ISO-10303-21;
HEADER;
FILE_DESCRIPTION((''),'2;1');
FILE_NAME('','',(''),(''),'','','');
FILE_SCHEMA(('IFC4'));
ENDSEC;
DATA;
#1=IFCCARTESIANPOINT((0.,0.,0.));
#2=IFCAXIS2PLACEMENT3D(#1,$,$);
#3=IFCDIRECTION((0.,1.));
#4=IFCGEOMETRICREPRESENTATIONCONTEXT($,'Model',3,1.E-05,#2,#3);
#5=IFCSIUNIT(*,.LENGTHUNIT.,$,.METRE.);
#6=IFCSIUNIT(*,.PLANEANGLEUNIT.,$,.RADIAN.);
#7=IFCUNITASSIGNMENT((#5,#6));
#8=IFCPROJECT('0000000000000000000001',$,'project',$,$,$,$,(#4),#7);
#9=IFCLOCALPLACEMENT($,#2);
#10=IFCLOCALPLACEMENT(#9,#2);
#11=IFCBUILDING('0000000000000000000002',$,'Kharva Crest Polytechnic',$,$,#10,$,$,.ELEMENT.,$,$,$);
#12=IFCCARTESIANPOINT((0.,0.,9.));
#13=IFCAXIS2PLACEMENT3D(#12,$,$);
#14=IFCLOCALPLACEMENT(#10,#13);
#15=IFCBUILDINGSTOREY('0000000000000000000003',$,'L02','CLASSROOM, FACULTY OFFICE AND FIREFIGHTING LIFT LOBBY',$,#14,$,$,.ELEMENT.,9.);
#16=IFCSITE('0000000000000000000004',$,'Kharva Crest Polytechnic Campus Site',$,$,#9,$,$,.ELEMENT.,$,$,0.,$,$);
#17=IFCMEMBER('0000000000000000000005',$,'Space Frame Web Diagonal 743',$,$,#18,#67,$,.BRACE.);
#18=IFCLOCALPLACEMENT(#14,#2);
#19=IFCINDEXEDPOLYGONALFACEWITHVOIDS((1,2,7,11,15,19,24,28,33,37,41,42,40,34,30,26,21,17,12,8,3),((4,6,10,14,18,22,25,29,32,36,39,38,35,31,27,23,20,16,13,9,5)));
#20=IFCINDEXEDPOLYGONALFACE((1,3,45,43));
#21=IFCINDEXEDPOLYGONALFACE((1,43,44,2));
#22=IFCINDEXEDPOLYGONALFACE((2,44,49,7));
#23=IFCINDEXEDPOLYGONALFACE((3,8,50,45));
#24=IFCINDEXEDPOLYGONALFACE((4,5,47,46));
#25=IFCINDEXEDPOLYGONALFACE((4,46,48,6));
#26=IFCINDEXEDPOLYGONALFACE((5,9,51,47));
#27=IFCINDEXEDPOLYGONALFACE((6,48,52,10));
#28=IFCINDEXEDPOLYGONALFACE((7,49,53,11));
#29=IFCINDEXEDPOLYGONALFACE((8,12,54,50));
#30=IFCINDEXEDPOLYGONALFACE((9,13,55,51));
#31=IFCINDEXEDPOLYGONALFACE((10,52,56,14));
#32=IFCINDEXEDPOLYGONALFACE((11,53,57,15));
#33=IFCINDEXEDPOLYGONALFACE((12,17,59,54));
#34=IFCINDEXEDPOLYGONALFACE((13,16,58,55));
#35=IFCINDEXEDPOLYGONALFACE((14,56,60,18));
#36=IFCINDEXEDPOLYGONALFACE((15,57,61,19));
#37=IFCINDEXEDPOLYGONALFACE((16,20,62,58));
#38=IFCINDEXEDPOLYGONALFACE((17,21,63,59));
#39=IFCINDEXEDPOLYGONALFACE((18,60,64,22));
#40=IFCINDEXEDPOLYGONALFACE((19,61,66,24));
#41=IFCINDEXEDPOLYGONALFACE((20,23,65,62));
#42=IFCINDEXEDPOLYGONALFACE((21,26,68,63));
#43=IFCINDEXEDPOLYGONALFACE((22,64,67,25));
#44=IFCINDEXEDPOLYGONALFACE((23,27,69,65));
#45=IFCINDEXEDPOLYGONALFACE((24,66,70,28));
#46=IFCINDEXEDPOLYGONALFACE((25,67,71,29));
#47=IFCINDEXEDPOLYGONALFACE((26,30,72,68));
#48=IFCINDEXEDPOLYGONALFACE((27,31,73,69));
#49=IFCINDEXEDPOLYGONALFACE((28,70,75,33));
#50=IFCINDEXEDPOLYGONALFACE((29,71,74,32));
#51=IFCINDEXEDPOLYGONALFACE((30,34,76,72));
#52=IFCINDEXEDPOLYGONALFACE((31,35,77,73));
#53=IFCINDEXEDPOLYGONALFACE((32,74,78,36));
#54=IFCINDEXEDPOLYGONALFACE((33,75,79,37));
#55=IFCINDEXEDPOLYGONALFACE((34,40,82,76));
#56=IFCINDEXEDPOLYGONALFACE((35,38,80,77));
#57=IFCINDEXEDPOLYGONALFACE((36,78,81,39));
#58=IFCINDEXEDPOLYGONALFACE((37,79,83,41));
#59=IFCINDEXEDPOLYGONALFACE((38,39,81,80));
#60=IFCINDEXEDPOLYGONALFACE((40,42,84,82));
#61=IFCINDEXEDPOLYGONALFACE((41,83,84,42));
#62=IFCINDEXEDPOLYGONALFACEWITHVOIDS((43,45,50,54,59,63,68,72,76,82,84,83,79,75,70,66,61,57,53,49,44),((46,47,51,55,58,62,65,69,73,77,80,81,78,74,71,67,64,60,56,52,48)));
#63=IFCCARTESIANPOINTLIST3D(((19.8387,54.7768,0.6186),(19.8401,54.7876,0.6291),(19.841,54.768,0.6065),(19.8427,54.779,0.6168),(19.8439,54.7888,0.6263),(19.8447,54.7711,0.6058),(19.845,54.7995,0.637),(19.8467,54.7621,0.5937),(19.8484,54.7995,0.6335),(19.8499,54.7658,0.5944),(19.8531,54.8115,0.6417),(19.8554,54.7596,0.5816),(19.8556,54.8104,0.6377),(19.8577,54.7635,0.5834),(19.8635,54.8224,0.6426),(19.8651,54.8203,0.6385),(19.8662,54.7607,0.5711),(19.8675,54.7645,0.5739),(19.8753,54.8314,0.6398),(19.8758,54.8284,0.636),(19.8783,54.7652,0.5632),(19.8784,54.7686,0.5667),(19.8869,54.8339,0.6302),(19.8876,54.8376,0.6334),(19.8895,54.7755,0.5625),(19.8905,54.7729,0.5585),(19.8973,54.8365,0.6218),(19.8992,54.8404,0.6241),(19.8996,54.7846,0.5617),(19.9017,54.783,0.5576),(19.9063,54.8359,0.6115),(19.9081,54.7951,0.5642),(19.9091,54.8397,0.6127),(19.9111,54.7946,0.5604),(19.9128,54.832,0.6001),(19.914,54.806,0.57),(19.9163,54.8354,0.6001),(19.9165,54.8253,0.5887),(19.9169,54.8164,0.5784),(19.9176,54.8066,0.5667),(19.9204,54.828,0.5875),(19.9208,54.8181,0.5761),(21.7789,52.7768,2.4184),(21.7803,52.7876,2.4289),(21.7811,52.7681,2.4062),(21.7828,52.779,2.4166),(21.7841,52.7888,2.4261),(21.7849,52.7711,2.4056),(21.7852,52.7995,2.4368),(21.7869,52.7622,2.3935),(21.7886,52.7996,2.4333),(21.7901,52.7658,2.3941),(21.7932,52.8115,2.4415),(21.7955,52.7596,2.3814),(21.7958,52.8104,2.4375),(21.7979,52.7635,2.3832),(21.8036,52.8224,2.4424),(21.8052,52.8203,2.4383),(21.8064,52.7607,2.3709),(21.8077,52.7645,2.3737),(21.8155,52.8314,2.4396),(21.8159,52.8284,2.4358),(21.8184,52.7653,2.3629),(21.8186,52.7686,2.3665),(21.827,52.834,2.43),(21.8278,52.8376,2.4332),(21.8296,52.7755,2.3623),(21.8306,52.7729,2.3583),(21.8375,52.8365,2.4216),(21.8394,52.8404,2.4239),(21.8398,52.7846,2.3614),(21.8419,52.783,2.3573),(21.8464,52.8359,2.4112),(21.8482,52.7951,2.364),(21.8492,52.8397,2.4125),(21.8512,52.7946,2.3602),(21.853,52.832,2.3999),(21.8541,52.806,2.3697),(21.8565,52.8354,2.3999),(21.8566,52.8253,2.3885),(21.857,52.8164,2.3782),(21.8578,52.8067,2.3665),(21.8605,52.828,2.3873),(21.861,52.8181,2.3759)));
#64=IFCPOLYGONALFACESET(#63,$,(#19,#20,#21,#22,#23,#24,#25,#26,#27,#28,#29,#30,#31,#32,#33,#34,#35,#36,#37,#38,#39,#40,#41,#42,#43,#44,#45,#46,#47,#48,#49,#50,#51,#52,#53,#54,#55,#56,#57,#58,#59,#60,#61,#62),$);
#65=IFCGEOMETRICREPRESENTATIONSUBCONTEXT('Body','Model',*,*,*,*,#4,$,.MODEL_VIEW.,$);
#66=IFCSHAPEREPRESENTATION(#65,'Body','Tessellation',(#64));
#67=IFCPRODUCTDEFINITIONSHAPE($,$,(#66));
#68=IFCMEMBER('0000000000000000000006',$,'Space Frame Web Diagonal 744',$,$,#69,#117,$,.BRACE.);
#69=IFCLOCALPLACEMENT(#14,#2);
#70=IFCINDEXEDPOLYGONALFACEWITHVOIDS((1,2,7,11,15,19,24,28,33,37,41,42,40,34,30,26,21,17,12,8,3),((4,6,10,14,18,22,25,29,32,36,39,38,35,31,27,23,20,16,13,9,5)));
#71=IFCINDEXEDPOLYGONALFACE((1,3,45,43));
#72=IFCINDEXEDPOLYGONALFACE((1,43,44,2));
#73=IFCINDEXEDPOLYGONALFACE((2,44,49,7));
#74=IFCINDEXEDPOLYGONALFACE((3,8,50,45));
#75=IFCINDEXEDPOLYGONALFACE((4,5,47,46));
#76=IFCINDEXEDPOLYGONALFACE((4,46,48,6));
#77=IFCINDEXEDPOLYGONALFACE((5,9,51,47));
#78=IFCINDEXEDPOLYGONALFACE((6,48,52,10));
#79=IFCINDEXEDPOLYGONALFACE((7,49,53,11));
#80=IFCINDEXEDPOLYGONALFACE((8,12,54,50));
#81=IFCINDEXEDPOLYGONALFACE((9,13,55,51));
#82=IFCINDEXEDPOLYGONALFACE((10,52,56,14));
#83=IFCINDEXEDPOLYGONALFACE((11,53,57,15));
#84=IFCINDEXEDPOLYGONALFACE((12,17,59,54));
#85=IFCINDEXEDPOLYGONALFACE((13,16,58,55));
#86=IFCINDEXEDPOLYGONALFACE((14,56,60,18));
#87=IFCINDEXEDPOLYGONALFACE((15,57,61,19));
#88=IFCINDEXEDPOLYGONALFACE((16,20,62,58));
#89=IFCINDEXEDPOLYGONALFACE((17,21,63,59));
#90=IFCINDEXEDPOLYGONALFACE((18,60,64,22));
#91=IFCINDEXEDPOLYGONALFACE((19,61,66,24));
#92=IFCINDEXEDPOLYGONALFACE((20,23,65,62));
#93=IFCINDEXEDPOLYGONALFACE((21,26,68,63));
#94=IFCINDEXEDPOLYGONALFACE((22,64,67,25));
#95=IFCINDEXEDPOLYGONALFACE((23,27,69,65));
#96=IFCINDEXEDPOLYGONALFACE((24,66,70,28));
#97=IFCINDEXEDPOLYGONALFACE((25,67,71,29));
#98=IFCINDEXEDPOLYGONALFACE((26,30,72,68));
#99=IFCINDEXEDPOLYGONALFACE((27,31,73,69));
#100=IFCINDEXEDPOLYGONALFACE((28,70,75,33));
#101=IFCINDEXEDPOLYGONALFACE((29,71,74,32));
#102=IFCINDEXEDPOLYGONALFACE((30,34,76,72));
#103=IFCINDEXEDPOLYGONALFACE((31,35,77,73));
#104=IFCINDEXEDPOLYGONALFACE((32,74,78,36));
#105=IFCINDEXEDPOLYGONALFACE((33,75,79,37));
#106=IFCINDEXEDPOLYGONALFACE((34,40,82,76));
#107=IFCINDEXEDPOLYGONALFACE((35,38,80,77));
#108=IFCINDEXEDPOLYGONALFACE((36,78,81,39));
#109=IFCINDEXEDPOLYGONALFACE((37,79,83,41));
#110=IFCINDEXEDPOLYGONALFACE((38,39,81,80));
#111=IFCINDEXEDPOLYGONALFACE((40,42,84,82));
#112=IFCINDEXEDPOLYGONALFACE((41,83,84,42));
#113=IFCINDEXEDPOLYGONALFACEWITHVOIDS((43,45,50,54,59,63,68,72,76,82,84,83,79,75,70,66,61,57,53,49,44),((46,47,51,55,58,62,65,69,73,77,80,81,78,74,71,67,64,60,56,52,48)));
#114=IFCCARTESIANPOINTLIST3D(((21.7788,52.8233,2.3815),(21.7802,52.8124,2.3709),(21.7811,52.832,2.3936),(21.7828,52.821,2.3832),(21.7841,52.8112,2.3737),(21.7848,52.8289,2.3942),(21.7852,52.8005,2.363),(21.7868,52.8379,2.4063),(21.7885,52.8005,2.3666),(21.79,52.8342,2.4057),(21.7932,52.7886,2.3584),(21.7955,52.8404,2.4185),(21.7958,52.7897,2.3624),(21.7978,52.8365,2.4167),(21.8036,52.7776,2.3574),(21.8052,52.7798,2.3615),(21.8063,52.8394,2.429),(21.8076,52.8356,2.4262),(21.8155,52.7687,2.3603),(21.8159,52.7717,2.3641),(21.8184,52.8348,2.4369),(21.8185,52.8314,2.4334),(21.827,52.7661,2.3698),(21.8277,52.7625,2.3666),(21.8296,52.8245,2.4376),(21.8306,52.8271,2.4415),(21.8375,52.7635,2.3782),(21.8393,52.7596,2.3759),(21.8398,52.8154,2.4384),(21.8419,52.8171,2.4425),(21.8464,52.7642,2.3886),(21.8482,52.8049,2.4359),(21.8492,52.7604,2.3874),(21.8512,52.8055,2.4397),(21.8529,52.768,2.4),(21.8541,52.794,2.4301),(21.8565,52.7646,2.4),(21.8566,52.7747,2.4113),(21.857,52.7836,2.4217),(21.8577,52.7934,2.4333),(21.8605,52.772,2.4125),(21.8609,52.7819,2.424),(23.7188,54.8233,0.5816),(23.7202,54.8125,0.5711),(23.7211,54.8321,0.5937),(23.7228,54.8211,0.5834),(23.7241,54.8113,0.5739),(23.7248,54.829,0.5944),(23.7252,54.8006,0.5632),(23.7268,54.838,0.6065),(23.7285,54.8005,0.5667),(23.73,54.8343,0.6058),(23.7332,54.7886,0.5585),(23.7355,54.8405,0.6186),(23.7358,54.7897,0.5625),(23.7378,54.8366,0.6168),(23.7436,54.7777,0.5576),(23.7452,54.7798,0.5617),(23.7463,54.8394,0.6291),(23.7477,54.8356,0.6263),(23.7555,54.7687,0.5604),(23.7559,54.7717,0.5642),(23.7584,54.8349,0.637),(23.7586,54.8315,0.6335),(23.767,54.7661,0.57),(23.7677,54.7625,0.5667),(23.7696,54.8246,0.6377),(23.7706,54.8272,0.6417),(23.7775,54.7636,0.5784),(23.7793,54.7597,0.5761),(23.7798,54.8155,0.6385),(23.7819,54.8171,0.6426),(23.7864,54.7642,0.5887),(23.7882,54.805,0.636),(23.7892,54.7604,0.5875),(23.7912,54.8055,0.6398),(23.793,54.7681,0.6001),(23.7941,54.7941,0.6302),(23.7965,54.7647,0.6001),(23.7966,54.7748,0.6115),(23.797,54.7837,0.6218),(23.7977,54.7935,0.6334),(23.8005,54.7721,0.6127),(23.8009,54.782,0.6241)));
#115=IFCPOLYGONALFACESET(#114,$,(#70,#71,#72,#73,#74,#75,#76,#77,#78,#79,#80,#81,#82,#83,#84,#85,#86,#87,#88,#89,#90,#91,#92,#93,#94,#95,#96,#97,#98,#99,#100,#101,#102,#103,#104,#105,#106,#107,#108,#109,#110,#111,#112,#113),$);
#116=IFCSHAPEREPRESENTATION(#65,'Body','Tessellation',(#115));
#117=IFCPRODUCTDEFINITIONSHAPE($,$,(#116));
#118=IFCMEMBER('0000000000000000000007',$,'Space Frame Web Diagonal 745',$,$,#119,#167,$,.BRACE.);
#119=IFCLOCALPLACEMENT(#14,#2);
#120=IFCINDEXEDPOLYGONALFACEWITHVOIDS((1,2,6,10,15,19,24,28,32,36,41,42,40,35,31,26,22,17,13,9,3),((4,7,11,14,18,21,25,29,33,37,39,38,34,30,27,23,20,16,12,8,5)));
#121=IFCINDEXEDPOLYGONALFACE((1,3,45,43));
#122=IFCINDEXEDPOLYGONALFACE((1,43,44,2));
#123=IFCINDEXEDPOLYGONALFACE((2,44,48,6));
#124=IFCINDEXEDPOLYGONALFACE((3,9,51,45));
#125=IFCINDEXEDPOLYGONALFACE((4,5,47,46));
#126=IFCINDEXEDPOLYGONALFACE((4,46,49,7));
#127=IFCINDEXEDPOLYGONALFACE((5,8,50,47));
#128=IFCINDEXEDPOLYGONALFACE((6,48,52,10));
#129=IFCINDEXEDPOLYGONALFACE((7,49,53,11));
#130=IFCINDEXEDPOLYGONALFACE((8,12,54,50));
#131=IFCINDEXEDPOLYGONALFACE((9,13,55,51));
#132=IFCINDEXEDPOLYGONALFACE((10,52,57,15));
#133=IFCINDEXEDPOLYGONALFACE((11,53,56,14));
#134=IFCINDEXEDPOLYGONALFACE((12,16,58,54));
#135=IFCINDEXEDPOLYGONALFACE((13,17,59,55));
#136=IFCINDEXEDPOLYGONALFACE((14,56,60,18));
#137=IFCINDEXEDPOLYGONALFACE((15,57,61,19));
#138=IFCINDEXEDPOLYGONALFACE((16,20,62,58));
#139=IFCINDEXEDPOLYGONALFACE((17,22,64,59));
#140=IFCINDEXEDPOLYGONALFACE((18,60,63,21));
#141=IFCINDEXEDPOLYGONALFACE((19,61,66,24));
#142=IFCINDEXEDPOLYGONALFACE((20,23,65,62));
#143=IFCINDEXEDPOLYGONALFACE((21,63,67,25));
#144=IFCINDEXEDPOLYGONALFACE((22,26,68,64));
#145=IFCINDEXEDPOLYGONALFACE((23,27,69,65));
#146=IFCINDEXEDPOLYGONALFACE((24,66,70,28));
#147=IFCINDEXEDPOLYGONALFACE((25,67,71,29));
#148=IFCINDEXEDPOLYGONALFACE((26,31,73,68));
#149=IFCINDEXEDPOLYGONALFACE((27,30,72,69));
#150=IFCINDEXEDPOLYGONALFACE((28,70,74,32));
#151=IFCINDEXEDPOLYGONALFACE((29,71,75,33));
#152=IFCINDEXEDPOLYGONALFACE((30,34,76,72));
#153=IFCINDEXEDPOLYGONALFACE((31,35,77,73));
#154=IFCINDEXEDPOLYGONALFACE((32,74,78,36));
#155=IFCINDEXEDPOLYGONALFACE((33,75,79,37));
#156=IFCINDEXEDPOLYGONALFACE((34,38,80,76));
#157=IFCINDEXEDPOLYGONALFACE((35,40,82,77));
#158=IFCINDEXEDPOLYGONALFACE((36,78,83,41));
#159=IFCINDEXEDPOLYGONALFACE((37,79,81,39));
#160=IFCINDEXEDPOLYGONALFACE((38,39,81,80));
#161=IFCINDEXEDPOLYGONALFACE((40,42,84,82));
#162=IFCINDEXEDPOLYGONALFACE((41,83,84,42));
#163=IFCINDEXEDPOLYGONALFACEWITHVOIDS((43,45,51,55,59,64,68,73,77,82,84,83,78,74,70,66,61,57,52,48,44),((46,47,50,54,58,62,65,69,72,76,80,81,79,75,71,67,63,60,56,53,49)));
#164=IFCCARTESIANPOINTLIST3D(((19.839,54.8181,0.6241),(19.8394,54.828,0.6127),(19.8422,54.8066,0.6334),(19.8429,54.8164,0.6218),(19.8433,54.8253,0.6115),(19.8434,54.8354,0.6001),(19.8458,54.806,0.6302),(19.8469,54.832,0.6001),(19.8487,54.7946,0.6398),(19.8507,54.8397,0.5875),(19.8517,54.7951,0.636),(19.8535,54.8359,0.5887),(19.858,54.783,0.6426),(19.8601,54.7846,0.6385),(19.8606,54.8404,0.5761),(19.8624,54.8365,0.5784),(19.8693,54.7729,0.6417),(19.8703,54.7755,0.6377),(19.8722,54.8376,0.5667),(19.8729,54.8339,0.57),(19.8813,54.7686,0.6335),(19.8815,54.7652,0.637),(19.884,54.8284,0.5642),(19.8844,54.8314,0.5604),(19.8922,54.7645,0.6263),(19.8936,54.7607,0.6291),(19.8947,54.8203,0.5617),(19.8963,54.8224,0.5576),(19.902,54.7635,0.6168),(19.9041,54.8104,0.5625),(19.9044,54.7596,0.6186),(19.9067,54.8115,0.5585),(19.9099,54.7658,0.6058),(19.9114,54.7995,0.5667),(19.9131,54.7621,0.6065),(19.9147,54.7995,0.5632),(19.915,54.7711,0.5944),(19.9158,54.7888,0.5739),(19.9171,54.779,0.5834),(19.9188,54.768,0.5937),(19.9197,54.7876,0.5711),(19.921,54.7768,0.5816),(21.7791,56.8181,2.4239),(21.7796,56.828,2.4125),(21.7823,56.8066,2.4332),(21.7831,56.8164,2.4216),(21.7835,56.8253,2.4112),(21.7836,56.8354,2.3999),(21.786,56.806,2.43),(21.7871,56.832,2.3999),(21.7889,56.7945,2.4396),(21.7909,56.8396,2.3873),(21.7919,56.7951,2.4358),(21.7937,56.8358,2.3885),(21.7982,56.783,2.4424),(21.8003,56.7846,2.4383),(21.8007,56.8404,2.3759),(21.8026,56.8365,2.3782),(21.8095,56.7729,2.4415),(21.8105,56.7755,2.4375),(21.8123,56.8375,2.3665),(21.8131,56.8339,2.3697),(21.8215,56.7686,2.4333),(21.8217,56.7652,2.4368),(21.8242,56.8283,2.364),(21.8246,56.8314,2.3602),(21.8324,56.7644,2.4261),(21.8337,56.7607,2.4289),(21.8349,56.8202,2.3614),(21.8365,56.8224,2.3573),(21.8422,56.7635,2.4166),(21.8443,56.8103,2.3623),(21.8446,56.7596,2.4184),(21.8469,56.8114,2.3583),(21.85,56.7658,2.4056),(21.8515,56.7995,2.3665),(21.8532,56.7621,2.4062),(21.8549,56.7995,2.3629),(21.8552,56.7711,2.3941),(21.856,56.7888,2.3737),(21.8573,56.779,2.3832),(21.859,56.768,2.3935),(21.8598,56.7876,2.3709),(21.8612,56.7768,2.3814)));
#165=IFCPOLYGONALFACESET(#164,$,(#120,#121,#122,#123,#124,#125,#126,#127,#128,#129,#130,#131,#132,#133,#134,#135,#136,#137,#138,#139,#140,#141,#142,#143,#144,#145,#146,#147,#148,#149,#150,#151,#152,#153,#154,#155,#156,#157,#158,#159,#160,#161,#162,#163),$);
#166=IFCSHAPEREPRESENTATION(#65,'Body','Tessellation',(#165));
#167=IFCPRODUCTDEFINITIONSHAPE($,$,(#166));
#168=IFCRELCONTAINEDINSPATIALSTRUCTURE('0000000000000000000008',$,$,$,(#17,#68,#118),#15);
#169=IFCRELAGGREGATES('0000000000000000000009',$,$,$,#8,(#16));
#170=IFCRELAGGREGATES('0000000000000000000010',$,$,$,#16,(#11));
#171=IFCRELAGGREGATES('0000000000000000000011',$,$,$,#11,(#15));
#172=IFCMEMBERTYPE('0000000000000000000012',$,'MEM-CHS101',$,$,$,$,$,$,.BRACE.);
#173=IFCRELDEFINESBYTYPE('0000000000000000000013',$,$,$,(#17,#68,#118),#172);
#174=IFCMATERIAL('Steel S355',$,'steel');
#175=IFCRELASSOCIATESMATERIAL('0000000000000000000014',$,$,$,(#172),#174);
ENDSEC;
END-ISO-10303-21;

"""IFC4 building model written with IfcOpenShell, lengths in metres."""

from ifc_helpers import new_model, si_unit, direction, frame, origin, origin_2d, place, context, subcontext, project, spatial, hollow_circle, extrude, material, material_profile, profile_set, type_object, element, save


model = new_model("IFC4")

# Units and contexts
model_context = context("Model", 3, precision=1e-05, world=origin(), true_north=direction((0.0, 1.0)))
body_context = subcontext(model_context, "Body", "Model", "MODEL_VIEW")
ifc_project = project(units=[si_unit("LENGTHUNIT", "METRE"), si_unit("PLANEANGLEUNIT", "RADIAN")], contexts=[model_context])

# Site, building, storey
site_placement = place(None, origin())
site = spatial("IfcSite", under=ifc_project, at=site_placement, Name="Kharva Crest Polytechnic Campus Site", CompositionType="ELEMENT", RefElevation=0.0)
building_placement = place(site_placement, origin())
building = spatial("IfcBuilding", under=site, at=building_placement, Name="Kharva Crest Polytechnic", CompositionType="ELEMENT")
storey_placement = place(building_placement, frame((0.0, 0.0, 9.0)))
storey = spatial("IfcBuildingStorey", under=building, at=storey_placement, Name="L02", Description="CLASSROOM, FACULTY OFFICE AND FIREFIGHTING LIFT LOBBY", CompositionType="ELEMENT", Elevation=9.0)

# Shared definitions
ifc_material_1 = material(Name="Steel S355", Category="steel")

# Members
ifc_material_profile_1 = material_profile(ifc_material_1, hollow_circle(Radius=0.0508, WallThickness=0.0049, at=origin_2d()), Name="CHS 101.6X5.0")
ifc_profile_set_1 = profile_set([ifc_material_profile_1], Name="Steel S355")
member_type_1 = type_object("IfcMemberType", Name="MEM-CHS101", PredefinedType="BRACE", material=ifc_profile_set_1)
for number, where, z_axis, x_axis, name in (
    (1, (19.8799, 54.8, 0.6001), (0.584892, -0.602924, 0.542572), (0.717758, 0.696292, 0.0), "Space Frame Web Diagonal 743"),
    (2, (23.76, 54.8, 0.6001), (-0.584843, -0.60295, 0.542596), (0.717802, -0.696247, 0.0), "Space Frame Web Diagonal 744"),
    (3, (19.8799, 54.8, 0.6001), (0.584892, 0.602924, 0.542572), (-0.717758, 0.696292, 0.0), "Space Frame Web Diagonal 745"),
):
    element("IfcMember", number, at=place(storey_placement, frame(where, z_axis=z_axis, x_axis=x_axis)), inside=storey, type_object=member_type_1, Name=name, PredefinedType="BRACE", context=body_context, shape_type="SweptSolid", body=[
        extrude(hollow_circle(Radius=0.0508, WallThickness=0.0049, at=origin_2d()), origin(), (0.0, 0.0, 1.0), 3.3171),
    ])

save(model, "model.ifc")
